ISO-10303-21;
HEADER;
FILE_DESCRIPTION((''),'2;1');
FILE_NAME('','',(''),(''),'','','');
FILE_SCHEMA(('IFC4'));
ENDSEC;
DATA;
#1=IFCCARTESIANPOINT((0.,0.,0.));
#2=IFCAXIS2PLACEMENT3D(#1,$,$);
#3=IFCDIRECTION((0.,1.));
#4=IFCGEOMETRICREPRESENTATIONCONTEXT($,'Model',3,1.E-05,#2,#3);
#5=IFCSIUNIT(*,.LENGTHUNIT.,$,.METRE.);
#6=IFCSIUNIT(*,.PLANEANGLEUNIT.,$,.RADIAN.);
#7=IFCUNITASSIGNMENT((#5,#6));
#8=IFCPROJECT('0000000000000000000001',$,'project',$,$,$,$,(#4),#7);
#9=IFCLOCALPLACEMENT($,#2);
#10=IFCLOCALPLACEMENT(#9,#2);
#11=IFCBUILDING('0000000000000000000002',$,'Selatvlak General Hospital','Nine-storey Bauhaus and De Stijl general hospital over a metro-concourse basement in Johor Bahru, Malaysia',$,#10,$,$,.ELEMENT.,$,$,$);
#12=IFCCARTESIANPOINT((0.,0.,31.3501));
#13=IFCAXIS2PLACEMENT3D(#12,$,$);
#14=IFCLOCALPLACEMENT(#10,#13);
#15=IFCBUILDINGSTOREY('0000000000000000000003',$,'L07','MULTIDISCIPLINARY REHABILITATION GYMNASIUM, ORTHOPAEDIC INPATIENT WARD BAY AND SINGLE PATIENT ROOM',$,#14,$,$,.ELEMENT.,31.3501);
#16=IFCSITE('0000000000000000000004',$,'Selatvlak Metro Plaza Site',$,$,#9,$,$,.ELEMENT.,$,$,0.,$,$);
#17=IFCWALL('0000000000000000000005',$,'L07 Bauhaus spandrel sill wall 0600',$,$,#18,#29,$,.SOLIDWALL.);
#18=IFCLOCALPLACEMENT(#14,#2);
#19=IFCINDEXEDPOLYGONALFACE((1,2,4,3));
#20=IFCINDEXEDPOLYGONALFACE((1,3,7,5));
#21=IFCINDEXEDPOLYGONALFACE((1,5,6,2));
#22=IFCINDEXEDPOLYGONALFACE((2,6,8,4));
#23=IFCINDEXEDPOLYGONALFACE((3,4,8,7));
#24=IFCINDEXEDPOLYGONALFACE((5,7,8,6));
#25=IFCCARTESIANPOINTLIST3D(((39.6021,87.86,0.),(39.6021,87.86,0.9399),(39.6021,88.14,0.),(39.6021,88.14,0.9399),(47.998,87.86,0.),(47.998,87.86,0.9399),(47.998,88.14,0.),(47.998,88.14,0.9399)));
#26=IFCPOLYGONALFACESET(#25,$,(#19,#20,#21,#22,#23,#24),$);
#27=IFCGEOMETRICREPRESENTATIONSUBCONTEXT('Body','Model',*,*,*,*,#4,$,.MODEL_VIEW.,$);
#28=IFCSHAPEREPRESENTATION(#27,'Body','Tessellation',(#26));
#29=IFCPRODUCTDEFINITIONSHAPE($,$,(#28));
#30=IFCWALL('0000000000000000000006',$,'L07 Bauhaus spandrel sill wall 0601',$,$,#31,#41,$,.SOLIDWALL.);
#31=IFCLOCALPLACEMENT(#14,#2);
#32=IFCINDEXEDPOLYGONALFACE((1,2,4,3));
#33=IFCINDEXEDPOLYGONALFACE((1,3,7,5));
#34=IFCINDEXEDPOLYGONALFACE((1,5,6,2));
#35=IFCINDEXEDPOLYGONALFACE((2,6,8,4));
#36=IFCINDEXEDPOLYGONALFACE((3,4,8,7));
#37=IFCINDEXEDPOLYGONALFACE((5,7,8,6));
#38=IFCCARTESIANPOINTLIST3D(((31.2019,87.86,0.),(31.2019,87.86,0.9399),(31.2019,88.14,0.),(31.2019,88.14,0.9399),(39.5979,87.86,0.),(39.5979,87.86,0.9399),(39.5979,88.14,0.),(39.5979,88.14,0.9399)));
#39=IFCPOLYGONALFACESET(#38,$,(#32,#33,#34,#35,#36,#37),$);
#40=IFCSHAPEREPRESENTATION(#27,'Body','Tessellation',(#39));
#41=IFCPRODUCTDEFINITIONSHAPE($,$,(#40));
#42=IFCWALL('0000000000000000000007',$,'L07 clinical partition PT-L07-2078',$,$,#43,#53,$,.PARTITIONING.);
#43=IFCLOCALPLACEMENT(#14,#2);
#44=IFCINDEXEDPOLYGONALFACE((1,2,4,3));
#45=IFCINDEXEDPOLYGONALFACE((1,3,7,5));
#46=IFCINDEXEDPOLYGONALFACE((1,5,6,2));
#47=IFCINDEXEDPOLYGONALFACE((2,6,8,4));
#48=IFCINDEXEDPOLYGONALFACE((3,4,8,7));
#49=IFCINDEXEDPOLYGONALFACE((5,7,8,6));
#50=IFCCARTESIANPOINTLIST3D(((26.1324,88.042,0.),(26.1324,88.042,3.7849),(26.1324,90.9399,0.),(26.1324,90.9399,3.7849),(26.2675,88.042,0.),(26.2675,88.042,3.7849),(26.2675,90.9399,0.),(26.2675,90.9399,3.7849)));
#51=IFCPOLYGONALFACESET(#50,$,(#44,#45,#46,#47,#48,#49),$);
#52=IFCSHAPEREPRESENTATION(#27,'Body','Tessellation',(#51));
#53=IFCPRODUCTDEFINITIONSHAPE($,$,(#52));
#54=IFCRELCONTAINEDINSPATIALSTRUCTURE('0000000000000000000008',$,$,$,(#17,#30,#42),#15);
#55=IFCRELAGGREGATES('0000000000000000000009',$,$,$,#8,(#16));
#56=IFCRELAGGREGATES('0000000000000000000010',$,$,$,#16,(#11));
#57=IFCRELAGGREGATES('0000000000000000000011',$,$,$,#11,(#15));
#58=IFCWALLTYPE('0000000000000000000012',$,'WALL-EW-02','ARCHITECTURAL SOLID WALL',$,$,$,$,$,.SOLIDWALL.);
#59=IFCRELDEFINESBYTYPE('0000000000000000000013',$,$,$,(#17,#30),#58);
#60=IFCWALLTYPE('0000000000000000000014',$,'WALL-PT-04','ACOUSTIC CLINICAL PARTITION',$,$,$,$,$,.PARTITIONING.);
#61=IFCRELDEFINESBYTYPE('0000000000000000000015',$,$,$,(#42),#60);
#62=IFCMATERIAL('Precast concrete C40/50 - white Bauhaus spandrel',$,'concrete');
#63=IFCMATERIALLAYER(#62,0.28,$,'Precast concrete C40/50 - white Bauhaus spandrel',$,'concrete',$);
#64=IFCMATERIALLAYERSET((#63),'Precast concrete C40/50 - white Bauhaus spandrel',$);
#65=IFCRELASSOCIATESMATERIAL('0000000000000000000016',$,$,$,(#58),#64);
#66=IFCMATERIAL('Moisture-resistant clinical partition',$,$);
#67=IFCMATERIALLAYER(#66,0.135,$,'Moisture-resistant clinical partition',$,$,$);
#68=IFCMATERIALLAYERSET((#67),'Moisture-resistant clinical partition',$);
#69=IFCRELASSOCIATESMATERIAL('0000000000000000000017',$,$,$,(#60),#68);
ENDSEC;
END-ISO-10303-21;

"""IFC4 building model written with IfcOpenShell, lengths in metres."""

from ifc_helpers import new_model, si_unit, direction, frame, frame_2d, origin, place, context, subcontext, project, spatial, rectangle, extrude, material, layer, layer_set, type_object, element, save


model = new_model("IFC4")

# Units and contexts
model_context = context("Model", 3, precision=1e-05, world=origin(), true_north=direction((0.0, 1.0)))
body_context = subcontext(model_context, "Body", "Model", "MODEL_VIEW")
ifc_project = project(units=[si_unit("LENGTHUNIT", "METRE"), si_unit("PLANEANGLEUNIT", "RADIAN")], contexts=[model_context])

# Site, building, storey
site_placement = place(None, origin())
site = spatial("IfcSite", under=ifc_project, at=site_placement, Name="Selatvlak Metro Plaza Site", CompositionType="ELEMENT", RefElevation=0.0)
building_placement = place(site_placement, origin())
building = spatial("IfcBuilding", under=site, at=building_placement, Name="Selatvlak General Hospital", Description="Nine-storey Bauhaus and De Stijl general hospital over a metro-concourse basement in Johor Bahru, Malaysia", CompositionType="ELEMENT")
storey_placement = place(building_placement, frame((0.0, 0.0, 31.3501)))
storey = spatial("IfcBuildingStorey", under=building, at=storey_placement, Name="L07", Description="MULTIDISCIPLINARY REHABILITATION GYMNASIUM, ORTHOPAEDIC INPATIENT WARD BAY AND SINGLE PATIENT ROOM", CompositionType="ELEMENT", Elevation=31.3501)

# Walls
ifc_material_1 = material(Name="Precast concrete C40/50 - white Bauhaus spandrel", Category="concrete")
ifc_layer_1 = layer(ifc_material_1, 0.28, Name="Precast concrete C40/50 - white Bauhaus spandrel", Category="concrete")
ifc_layer_set_1 = layer_set([ifc_layer_1], Name="Precast concrete C40/50 - white Bauhaus spandrel")
wall_type_1 = type_object("IfcWallType", Name="WALL-EW-02", Description="ARCHITECTURAL SOLID WALL", PredefinedType="SOLIDWALL", material=ifc_layer_set_1)
for number, where, z_axis, x_axis, name in (
    (1, (47.998, 88.0, 0.0), (0.0, 0.0, 1.0), (-1.0, 0.0, 0.0), "L07 Bauhaus spandrel sill wall 0600"),
    (2, (39.5979, 88.0, 0.0), (0.0, 0.0, 1.0), (-1.0, 0.0, 0.0), "L07 Bauhaus spandrel sill wall 0601"),
):
    element("IfcWall", number, at=place(storey_placement, frame(where, z_axis=z_axis, x_axis=x_axis)), inside=storey, type_object=wall_type_1, Name=name, PredefinedType="SOLIDWALL", context=body_context, shape_type="SweptSolid", body=[
        extrude(rectangle(XDim=8.396, YDim=0.28, at=frame_2d((4.198, 0.0))), origin(), (0.0, 0.0, 1.0), 0.9399),
    ])
ifc_material_2 = material(Name="Moisture-resistant clinical partition")
ifc_layer_2 = layer(ifc_material_2, 0.135, Name="Moisture-resistant clinical partition")
ifc_layer_set_2 = layer_set([ifc_layer_2], Name="Moisture-resistant clinical partition")
wall_type_2 = type_object("IfcWallType", Name="WALL-PT-04", Description="ACOUSTIC CLINICAL PARTITION", PredefinedType="PARTITIONING", material=ifc_layer_set_2)
wall_1_placement = place(storey_placement, frame((26.2, 88.042, 0.0), z_axis=(0.0, 0.0, 1.0), x_axis=(0.0, 1.0, 0.0)))
element("IfcWall", 3, at=wall_1_placement, inside=storey, type_object=wall_type_2, Name="L07 clinical partition PT-L07-2078", PredefinedType="PARTITIONING", context=body_context, shape_type="SweptSolid", body=[
    extrude(rectangle(XDim=2.8979, YDim=0.135, at=frame_2d((1.449, 0.0))), origin(), (0.0, 0.0, 1.0), 3.7849),
])

save(model, "model.ifc")
